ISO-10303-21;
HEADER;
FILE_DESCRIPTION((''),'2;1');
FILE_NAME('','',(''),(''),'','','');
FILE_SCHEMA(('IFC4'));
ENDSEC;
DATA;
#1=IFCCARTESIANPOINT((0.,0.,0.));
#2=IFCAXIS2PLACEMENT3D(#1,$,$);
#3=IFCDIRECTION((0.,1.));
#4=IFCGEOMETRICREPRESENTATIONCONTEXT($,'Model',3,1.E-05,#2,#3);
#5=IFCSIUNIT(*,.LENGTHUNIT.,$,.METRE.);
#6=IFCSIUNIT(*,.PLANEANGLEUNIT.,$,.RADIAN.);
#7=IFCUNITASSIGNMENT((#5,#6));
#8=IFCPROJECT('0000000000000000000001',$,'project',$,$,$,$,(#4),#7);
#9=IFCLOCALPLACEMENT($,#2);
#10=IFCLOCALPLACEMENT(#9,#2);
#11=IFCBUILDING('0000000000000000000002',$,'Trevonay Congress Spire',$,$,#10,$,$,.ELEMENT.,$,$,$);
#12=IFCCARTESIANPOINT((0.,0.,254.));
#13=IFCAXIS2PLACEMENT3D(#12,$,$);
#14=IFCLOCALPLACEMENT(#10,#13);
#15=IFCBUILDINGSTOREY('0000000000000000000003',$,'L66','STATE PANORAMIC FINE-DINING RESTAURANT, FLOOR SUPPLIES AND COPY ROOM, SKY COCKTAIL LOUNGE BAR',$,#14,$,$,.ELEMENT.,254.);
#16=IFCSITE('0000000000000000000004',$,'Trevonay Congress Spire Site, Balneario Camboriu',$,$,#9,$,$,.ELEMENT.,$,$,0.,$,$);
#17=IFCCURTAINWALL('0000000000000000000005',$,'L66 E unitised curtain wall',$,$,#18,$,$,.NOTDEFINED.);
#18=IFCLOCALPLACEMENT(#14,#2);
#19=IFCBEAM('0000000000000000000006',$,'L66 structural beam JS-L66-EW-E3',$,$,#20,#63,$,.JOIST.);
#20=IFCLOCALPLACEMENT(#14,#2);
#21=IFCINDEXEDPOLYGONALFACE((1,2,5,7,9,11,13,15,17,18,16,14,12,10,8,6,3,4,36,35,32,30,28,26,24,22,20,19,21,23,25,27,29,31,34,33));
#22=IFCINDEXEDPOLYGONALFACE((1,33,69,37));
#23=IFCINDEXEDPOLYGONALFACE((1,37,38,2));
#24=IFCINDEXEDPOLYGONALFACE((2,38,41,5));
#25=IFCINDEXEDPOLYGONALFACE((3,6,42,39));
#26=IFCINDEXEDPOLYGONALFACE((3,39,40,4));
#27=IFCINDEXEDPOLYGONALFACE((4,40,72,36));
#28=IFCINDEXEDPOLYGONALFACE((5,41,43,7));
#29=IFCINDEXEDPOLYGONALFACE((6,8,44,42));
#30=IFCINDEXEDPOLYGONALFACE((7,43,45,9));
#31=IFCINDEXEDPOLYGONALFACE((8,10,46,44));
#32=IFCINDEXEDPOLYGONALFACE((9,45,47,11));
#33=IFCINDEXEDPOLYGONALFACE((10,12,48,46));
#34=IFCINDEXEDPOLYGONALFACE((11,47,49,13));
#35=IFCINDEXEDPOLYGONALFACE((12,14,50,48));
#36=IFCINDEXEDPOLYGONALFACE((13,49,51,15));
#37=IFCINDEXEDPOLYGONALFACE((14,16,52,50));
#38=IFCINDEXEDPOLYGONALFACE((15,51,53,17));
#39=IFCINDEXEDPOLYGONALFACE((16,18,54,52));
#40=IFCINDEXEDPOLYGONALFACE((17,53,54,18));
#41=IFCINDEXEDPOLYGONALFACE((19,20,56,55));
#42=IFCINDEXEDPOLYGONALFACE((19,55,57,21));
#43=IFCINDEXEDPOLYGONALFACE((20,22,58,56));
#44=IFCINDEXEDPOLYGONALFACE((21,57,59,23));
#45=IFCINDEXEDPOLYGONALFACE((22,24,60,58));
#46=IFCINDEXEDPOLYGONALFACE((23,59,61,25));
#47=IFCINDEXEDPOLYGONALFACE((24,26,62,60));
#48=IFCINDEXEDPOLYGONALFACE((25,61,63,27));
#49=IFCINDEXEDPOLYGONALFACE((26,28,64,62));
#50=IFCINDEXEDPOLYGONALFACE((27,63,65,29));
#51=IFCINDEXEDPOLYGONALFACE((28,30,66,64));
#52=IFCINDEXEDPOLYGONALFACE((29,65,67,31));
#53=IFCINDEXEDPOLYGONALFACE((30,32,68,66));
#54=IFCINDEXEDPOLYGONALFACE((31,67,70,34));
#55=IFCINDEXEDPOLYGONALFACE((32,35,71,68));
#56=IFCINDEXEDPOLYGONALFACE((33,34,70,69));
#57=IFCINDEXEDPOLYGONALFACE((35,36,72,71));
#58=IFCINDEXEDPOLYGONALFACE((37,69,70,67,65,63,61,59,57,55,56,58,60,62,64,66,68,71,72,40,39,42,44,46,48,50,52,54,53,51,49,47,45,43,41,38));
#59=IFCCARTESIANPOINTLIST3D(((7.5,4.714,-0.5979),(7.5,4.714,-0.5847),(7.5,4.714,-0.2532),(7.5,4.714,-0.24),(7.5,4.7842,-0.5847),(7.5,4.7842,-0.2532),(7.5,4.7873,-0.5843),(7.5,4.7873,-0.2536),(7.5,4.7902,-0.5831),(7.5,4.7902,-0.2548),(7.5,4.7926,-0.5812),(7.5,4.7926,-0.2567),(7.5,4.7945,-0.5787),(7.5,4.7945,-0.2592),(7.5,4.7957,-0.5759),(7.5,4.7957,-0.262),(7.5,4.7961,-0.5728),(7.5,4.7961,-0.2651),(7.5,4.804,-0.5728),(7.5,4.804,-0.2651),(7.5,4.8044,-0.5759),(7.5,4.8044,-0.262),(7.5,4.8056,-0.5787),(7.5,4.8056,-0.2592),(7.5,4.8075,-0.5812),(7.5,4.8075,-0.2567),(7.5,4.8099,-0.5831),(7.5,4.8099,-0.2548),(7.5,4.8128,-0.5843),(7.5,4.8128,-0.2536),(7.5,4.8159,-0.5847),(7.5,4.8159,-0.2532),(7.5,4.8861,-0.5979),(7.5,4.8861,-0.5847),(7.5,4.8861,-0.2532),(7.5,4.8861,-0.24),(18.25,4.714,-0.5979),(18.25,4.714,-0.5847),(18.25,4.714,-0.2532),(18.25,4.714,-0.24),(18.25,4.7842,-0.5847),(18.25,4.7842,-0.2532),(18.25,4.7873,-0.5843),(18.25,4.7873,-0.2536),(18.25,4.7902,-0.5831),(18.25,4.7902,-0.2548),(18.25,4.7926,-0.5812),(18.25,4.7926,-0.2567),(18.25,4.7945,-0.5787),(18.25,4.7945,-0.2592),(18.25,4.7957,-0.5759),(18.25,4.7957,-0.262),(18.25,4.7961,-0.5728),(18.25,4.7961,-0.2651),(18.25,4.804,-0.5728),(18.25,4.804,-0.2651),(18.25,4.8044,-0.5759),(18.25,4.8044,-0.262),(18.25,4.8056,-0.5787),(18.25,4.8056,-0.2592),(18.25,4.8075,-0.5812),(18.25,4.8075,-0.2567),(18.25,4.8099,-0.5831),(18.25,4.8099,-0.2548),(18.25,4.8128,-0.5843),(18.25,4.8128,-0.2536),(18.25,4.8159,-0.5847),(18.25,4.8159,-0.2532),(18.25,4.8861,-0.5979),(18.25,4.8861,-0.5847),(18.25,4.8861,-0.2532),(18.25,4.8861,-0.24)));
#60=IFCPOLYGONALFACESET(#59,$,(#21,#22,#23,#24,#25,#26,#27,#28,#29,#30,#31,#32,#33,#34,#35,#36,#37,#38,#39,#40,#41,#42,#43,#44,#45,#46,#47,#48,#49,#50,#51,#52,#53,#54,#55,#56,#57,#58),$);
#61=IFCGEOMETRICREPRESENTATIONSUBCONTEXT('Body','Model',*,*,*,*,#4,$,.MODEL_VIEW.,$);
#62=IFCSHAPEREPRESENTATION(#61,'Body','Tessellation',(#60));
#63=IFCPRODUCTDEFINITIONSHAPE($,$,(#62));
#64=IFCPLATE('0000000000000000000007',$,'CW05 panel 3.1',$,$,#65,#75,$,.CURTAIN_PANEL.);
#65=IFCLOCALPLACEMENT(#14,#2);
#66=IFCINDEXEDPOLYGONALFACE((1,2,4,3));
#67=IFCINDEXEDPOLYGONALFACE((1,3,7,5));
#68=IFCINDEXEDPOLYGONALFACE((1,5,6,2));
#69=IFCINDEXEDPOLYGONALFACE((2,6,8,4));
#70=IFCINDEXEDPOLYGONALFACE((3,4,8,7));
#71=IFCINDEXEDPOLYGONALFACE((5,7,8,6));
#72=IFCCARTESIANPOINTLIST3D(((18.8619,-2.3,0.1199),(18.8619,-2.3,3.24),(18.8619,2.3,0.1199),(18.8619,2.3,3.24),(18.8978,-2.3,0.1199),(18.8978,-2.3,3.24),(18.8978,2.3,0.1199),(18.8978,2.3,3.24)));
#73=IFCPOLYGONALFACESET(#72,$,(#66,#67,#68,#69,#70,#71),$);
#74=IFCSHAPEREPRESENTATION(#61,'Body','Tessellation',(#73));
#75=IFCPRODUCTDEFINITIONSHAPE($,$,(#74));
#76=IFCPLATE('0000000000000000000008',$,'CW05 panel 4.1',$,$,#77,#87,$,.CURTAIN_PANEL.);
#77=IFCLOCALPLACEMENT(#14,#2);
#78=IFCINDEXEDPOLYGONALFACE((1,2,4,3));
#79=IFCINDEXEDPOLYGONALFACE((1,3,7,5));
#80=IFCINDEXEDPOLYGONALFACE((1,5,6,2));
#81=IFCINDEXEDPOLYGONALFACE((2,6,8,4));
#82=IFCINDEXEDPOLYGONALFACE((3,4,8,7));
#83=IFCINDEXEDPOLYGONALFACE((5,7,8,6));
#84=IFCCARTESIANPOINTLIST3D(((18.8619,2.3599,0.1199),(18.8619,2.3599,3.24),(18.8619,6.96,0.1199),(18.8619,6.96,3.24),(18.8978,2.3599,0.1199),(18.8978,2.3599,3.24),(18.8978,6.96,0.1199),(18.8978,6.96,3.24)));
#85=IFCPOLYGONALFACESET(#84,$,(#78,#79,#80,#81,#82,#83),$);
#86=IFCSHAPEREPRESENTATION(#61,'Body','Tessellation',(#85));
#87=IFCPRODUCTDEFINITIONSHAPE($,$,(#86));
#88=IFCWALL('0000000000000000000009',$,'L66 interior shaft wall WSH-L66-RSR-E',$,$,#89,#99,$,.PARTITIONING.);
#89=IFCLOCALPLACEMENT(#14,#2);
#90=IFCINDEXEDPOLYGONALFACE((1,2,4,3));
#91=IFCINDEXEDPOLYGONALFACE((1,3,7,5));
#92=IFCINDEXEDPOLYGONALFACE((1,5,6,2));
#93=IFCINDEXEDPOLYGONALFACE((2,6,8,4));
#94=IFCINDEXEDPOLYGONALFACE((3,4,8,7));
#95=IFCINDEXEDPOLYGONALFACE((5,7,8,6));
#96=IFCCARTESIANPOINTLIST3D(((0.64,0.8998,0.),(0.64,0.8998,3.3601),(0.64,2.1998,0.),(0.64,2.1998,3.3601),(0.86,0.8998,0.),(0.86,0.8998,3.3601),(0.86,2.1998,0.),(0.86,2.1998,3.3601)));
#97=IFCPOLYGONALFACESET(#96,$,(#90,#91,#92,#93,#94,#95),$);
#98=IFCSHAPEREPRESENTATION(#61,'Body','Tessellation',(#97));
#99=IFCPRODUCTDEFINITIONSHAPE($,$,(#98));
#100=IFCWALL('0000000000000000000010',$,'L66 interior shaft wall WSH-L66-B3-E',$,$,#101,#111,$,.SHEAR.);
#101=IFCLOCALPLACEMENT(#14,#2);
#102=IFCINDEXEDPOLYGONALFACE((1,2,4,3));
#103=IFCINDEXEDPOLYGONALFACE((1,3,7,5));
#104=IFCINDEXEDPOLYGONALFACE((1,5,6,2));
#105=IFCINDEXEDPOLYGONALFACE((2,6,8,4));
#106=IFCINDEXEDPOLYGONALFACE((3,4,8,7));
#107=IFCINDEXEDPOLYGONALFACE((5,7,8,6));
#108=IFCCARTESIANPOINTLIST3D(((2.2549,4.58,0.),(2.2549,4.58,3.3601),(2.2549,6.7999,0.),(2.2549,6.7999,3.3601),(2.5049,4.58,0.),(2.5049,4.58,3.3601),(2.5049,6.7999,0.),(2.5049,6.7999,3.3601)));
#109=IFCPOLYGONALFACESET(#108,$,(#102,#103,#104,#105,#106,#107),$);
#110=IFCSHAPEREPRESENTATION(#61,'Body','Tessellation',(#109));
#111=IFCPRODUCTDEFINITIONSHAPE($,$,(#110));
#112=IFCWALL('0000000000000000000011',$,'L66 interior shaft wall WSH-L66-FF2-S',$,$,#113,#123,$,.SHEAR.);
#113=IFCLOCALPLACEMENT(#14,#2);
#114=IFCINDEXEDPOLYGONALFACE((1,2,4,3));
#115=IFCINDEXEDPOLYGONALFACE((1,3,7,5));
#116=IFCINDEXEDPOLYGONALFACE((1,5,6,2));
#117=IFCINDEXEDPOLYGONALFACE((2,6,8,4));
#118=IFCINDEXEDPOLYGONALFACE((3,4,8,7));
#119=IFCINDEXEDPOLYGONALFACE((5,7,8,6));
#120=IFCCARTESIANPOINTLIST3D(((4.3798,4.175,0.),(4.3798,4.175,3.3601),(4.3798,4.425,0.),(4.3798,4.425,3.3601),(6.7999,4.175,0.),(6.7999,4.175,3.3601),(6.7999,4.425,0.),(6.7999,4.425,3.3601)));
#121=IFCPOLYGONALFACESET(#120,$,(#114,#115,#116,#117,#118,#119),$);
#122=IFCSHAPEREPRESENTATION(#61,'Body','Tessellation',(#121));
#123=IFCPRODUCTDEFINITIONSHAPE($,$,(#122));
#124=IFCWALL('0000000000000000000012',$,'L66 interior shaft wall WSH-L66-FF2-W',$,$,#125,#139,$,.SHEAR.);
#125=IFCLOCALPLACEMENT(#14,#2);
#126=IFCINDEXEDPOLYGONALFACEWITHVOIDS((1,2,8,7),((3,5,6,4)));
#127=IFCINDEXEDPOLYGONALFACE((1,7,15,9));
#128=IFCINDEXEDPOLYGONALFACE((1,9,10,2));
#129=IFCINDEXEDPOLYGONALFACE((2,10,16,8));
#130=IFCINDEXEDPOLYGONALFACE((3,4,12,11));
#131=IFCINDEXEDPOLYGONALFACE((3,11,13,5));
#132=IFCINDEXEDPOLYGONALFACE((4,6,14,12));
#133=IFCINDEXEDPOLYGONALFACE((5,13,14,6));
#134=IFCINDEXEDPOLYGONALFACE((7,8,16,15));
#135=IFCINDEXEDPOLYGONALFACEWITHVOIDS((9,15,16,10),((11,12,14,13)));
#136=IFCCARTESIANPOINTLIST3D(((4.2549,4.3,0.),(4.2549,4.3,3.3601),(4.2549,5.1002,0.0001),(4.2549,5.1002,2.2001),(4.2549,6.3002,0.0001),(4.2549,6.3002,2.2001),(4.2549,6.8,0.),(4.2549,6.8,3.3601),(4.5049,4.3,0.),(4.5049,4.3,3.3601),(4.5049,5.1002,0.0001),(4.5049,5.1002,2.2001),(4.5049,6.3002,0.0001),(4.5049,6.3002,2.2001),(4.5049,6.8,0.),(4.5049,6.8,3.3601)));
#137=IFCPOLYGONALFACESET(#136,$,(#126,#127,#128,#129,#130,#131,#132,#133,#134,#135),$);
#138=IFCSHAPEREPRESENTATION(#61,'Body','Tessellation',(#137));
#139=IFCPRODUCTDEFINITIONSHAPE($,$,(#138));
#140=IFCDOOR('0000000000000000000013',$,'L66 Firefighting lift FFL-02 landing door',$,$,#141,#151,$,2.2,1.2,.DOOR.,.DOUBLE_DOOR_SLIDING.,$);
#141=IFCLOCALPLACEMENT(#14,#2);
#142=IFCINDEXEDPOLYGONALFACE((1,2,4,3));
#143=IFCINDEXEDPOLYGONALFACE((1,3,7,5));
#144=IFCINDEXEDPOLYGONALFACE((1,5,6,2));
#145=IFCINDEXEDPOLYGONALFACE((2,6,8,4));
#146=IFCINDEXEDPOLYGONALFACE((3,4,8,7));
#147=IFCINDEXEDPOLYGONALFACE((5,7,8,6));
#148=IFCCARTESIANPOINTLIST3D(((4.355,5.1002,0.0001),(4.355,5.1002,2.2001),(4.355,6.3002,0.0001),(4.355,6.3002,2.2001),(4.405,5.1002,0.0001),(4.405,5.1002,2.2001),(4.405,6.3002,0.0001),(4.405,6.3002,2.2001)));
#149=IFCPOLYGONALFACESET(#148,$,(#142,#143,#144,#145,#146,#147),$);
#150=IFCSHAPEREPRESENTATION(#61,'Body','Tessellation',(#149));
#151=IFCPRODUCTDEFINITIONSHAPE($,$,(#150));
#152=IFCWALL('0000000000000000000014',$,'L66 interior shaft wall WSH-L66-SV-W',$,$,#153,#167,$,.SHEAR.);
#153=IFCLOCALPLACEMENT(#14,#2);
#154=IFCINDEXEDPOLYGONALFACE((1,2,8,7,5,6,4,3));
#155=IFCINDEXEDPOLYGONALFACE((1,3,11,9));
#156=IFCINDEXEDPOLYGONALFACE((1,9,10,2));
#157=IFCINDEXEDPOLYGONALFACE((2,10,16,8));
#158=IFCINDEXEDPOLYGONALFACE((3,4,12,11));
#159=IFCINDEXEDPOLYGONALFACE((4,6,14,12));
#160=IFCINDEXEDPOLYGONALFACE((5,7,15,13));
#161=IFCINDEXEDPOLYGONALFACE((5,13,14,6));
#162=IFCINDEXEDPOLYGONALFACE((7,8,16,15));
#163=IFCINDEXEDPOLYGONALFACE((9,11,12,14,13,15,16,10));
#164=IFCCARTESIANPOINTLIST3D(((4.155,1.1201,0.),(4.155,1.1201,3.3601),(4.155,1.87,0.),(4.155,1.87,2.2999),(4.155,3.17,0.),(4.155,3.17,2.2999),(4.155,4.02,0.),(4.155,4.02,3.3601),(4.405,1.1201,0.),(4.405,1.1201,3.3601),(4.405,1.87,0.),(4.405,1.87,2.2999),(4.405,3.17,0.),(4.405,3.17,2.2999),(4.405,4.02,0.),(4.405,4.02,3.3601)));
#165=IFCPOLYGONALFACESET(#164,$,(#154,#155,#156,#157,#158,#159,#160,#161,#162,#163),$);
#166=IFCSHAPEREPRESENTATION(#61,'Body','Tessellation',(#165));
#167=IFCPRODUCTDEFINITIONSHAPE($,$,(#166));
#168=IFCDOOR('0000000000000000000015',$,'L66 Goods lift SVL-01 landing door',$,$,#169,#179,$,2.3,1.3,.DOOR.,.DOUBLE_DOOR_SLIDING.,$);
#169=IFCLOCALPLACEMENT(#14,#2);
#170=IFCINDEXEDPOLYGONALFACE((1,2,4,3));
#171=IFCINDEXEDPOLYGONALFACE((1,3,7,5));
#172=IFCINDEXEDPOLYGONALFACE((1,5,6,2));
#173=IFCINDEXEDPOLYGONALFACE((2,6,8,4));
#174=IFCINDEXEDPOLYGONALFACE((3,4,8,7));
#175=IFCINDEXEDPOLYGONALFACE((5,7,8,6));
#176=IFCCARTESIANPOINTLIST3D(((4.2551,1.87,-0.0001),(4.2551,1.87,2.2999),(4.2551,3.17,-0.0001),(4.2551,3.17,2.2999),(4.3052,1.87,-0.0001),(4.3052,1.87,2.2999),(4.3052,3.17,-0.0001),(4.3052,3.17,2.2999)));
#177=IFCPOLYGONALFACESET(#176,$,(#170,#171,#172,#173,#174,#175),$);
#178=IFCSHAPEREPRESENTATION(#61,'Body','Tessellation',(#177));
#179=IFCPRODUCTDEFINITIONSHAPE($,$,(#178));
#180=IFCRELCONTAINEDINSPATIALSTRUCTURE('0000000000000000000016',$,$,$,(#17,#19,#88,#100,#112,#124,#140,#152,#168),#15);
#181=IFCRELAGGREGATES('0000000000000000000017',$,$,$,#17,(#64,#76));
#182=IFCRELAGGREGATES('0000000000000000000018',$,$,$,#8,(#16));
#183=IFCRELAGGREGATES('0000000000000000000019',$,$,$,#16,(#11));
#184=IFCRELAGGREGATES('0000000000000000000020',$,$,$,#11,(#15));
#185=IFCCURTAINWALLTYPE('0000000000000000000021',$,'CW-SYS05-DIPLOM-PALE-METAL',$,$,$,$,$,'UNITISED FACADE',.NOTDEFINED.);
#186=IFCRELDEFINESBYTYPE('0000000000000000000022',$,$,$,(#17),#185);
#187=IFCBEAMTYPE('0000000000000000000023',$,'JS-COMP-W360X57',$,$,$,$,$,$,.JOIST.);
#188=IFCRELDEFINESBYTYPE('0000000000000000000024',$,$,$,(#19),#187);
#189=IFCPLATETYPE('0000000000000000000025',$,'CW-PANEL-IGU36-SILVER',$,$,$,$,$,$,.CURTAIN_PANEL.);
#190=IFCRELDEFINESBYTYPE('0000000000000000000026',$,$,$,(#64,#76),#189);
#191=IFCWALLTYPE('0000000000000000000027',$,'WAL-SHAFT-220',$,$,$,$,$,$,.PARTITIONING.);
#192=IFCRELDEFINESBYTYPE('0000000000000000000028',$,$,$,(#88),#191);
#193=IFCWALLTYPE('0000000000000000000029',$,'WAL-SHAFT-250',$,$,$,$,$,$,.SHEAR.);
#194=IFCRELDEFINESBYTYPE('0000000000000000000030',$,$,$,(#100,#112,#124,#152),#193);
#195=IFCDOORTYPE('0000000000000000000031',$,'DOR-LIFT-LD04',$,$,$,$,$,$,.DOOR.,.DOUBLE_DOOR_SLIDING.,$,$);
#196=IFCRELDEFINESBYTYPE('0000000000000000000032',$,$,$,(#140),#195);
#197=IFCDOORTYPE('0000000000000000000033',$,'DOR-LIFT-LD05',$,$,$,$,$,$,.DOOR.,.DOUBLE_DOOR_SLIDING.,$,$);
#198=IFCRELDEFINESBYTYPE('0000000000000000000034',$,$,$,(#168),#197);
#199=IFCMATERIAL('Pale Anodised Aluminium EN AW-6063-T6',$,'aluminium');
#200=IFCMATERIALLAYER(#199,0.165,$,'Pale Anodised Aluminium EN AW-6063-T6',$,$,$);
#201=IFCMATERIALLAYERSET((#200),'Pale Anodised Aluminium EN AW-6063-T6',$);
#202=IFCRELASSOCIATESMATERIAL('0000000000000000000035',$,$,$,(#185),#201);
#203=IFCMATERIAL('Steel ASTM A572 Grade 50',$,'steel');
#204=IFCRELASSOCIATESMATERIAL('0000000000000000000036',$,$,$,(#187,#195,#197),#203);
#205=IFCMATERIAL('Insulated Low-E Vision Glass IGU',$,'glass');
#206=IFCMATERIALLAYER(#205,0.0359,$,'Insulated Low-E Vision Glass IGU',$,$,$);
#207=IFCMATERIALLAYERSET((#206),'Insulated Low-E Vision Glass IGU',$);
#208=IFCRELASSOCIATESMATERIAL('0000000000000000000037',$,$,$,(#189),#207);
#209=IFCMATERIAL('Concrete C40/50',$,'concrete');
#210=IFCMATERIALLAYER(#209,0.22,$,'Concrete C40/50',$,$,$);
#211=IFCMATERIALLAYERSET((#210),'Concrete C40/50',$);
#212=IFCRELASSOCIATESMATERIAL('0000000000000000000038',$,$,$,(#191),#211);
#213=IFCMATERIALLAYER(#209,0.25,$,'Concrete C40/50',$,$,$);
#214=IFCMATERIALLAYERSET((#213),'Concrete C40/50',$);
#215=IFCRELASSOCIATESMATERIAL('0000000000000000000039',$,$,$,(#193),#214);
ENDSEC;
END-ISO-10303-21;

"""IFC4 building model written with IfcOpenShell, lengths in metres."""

from ifc_helpers import new_model, si_unit, direction, frame, frame_2d, origin, origin_2d, place, context, subcontext, project, spatial, rectangle, i_section, extrude, material, layer, layer_set, material_profile, profile_set, type_object, element, fill, aggregate, save


model = new_model("IFC4")

# Units and contexts
model_context = context("Model", 3, precision=1e-05, world=origin(), true_north=direction((0.0, 1.0)))
body_context = subcontext(model_context, "Body", "Model", "MODEL_VIEW")
ifc_project = project(units=[si_unit("LENGTHUNIT", "METRE"), si_unit("PLANEANGLEUNIT", "RADIAN")], contexts=[model_context])

# Site, building, storey
site_placement = place(None, origin())
site = spatial("IfcSite", under=ifc_project, at=site_placement, Name="Trevonay Congress Spire Site, Balneario Camboriu", CompositionType="ELEMENT", RefElevation=0.0)
building_placement = place(site_placement, origin())
building = spatial("IfcBuilding", under=site, at=building_placement, Name="Trevonay Congress Spire", CompositionType="ELEMENT")
storey_placement = place(building_placement, frame((0.0, 0.0, 254.0)))
storey = spatial("IfcBuildingStorey", under=building, at=storey_placement, Name="L66", Description="STATE PANORAMIC FINE-DINING RESTAURANT, FLOOR SUPPLIES AND COPY ROOM, SKY COCKTAIL LOUNGE BAR", CompositionType="ELEMENT", Elevation=254.0)

# Shared definitions
ifc_material_1 = material(Name="Steel ASTM A572 Grade 50", Category="steel")

# Curtain wall
ifc_material_2 = material(Name="Pale Anodised Aluminium EN AW-6063-T6", Category="aluminium")
ifc_layer_1 = layer(ifc_material_2, 0.165, Name="Pale Anodised Aluminium EN AW-6063-T6")
ifc_layer_set_1 = layer_set([ifc_layer_1], Name="Pale Anodised Aluminium EN AW-6063-T6")
curtain_wall_type = type_object("IfcCurtainWallType", Name="CW-SYS05-DIPLOM-PALE-METAL", ElementType="UNITISED FACADE", PredefinedType="NOTDEFINED", material=ifc_layer_set_1)
curtain_wall_placement = place(storey_placement, origin())
curtain_wall = element("IfcCurtainWall", 1, at=curtain_wall_placement, inside=storey, type_object=curtain_wall_type, Name="L66 E unitised curtain wall", PredefinedType="NOTDEFINED")

# Beam
ifc_material_profile_1 = material_profile(ifc_material_1, i_section(OverallWidth=0.1721, OverallDepth=0.3579, WebThickness=0.0078, FlangeThickness=0.0132, FilletRadius=0.012, at=origin_2d()), Name="W360x57.8")
ifc_profile_set_1 = profile_set([ifc_material_profile_1], Name="Steel ASTM A572 Grade 50")
beam_type_1 = type_object("IfcBeamType", Name="JS-COMP-W360X57", PredefinedType="JOIST", material=ifc_profile_set_1)
beam_1_placement = place(storey_placement, frame((7.5, 4.8, -0.4189), z_axis=(1.0, 0.0, 0.0), x_axis=(0.0, 1.0, 0.0)))
element("IfcBeam", 2, at=beam_1_placement, inside=storey, type_object=beam_type_1, Name="L66 structural beam JS-L66-EW-E3", PredefinedType="JOIST", context=body_context, shape_type="SweptSolid", body=[
    extrude(i_section(OverallWidth=0.1721, OverallDepth=0.3579, WebThickness=0.0078, FlangeThickness=0.0132, FilletRadius=0.012, at=origin_2d()), origin(), (0.0, 0.0, 1.0), 10.75),
])

# Plates
ifc_material_3 = material(Name="Insulated Low-E Vision Glass IGU", Category="glass")
ifc_layer_2 = layer(ifc_material_3, 0.0359, Name="Insulated Low-E Vision Glass IGU")
ifc_layer_set_2 = layer_set([ifc_layer_2], Name="Insulated Low-E Vision Glass IGU")
plate_type = type_object("IfcPlateType", Name="CW-PANEL-IGU36-SILVER", PredefinedType="CURTAIN_PANEL", material=ifc_layer_set_2)
plate_1_placement = place(storey_placement, frame((18.8799, 0.0, 0.1199), z_axis=(0.0, 0.0, 1.0), x_axis=(0.0, 1.0, 0.0)))
plate_1 = element("IfcPlate", 3, at=plate_1_placement, type_object=plate_type, Name="CW05 panel 3.1", PredefinedType="CURTAIN_PANEL", context=body_context, shape_type="SweptSolid", body=[
    extrude(rectangle(XDim=4.6001, YDim=0.0359, at=origin_2d()), origin(), (0.0, 0.0, 1.0), 3.1201),
])
plate_2_placement = place(storey_placement, frame((18.8799, 4.6599, 0.1199), z_axis=(0.0, 0.0, 1.0), x_axis=(0.0, 1.0, 0.0)))
plate_2 = element("IfcPlate", 4, at=plate_2_placement, type_object=plate_type, Name="CW05 panel 4.1", PredefinedType="CURTAIN_PANEL", context=body_context, shape_type="SweptSolid", body=[
    extrude(rectangle(XDim=4.6001, YDim=0.0359, at=origin_2d()), origin(), (0.0, 0.0, 1.0), 3.1201),
])
aggregate(curtain_wall, [plate_1, plate_2])

# Walls
ifc_material_4 = material(Name="Concrete C40/50", Category="concrete")
ifc_layer_3 = layer(ifc_material_4, 0.22, Name="Concrete C40/50")
ifc_layer_set_3 = layer_set([ifc_layer_3], Name="Concrete C40/50")
wall_type_1 = type_object("IfcWallType", Name="WAL-SHAFT-220", PredefinedType="PARTITIONING", material=ifc_layer_set_3)
wall_1_placement = place(storey_placement, frame((0.75, 0.8999, 0.0), z_axis=(0.0, 0.0, 1.0), x_axis=(0.0, 1.0, 0.0)))
element("IfcWall", 5, at=wall_1_placement, inside=storey, type_object=wall_type_1, Name="L66 interior shaft wall WSH-L66-RSR-E", PredefinedType="PARTITIONING", context=body_context, shape_type="SweptSolid", body=[
    extrude(rectangle(XDim=1.3, YDim=0.22, at=frame_2d((0.6499, 0.0))), origin(), (0.0, 0.0, 1.0), 3.3601),
])
ifc_layer_4 = layer(ifc_material_4, 0.25, Name="Concrete C40/50")
ifc_layer_set_4 = layer_set([ifc_layer_4], Name="Concrete C40/50")
wall_type_2 = type_object("IfcWallType", Name="WAL-SHAFT-250", PredefinedType="SHEAR", material=ifc_layer_set_4)
wall_2_placement = place(storey_placement, frame((2.3799, 4.5801, 0.0), z_axis=(0.0, 0.0, 1.0), x_axis=(0.0, 1.0, 0.0)))
element("IfcWall", 6, at=wall_2_placement, inside=storey, type_object=wall_type_2, Name="L66 interior shaft wall WSH-L66-B3-E", PredefinedType="SHEAR", context=body_context, shape_type="SweptSolid", body=[
    extrude(rectangle(XDim=2.22, YDim=0.25, at=frame_2d((1.1099, 0.0))), origin(), (0.0, 0.0, 1.0), 3.3601),
])
wall_3_placement = place(storey_placement, frame((4.3799, 4.3, 0.0), z_axis=(0.0, 0.0, 1.0), x_axis=(1.0, 0.0, 0.0)))
element("IfcWall", 7, at=wall_3_placement, inside=storey, type_object=wall_type_2, Name="L66 interior shaft wall WSH-L66-FF2-S", PredefinedType="SHEAR", context=body_context, shape_type="SweptSolid", body=[
    extrude(rectangle(XDim=2.4202, YDim=0.25, at=frame_2d((1.21, 0.0))), origin(), (0.0, 0.0, 1.0), 3.3601),
])

# Walls, openings, doors
wall_4_placement = place(storey_placement, frame((4.3799, 4.3, 0.0), z_axis=(0.0, 0.0, 1.0), x_axis=(0.0, 1.0, 0.0)))
wall_4 = element("IfcWall", 8, at=wall_4_placement, inside=storey, type_object=wall_type_2, Name="L66 interior shaft wall WSH-L66-FF2-W", PredefinedType="SHEAR", context=body_context, shape_type="SweptSolid", body=[
    extrude(rectangle(XDim=2.5, YDim=0.25, at=frame_2d((1.25, 0.0))), origin(), (0.0, 0.0, 1.0), 3.3601),
])
opening_1_placement = place(wall_4_placement, frame((0.8, 0.0, 0.0)))
opening_1 = element("IfcOpeningElement", 9, at=opening_1_placement, cuts=wall_4, PredefinedType="OPENING", context=body_context, shape_type="SweptSolid", body=[
    extrude(rectangle(XDim=1.2, YDim=2.2, at=frame_2d((0.6001, 1.1001))), frame((0.0, 0.135, 0.0), z_axis=(0.0, -1.0, 0.0), x_axis=(1.0, 0.0, 0.0)), (0.0, 0.0, 1.0), 0.27),
])
door_type_1 = type_object("IfcDoorType", Name="DOR-LIFT-LD04", OperationType="DOUBLE_DOOR_SLIDING", PredefinedType="DOOR", material=ifc_material_1)
door_1_placement = place(opening_1_placement, origin())
door_1 = element("IfcDoor", 10, at=door_1_placement, inside=storey, type_object=door_type_1, Name="L66 Firefighting lift FFL-02 landing door", OperationType="DOUBLE_DOOR_SLIDING", OverallHeight=2.2, OverallWidth=1.2, PredefinedType="DOOR", context=body_context, shape_type="SweptSolid", body=[
    extrude(rectangle(XDim=1.2, YDim=2.2, at=frame_2d((0.6001, 1.1001))), frame((0.0, 0.0249, 0.0), z_axis=(0.0, -1.0, 0.0), x_axis=(1.0, 0.0, 0.0)), (0.0, 0.0, 1.0), 0.05),
])
fill(opening_1, door_1)
wall_5_placement = place(storey_placement, frame((4.28, 1.1201, 0.0), z_axis=(0.0, 0.0, 1.0), x_axis=(0.0, 1.0, 0.0)))
wall_5 = element("IfcWall", 11, at=wall_5_placement, inside=storey, type_object=wall_type_2, Name="L66 interior shaft wall WSH-L66-SV-W", PredefinedType="SHEAR", context=body_context, shape_type="SweptSolid", body=[
    extrude(rectangle(XDim=2.8999, YDim=0.25, at=frame_2d((1.45, 0.0))), origin(), (0.0, 0.0, 1.0), 3.3601),
])
opening_2_placement = place(wall_5_placement, frame((0.75, 0.0, 0.0)))
opening_2 = element("IfcOpeningElement", 12, at=opening_2_placement, cuts=wall_5, PredefinedType="OPENING", context=body_context, shape_type="SweptSolid", body=[
    extrude(rectangle(XDim=1.3, YDim=2.3, at=frame_2d((0.6499, 1.1499))), frame((0.0, 0.135, 0.0), z_axis=(0.0, -1.0, 0.0), x_axis=(1.0, 0.0, 0.0)), (0.0, 0.0, 1.0), 0.27),
])
door_type_2 = type_object("IfcDoorType", Name="DOR-LIFT-LD05", OperationType="DOUBLE_DOOR_SLIDING", PredefinedType="DOOR", material=ifc_material_1)
door_2_placement = place(opening_2_placement, origin())
door_2 = element("IfcDoor", 13, at=door_2_placement, inside=storey, type_object=door_type_2, Name="L66 Goods lift SVL-01 landing door", OperationType="DOUBLE_DOOR_SLIDING", OverallHeight=2.3, OverallWidth=1.3, PredefinedType="DOOR", context=body_context, shape_type="SweptSolid", body=[
    extrude(rectangle(XDim=1.3, YDim=2.3, at=frame_2d((0.6499, 1.1499))), frame((0.0, 0.0249, 0.0), z_axis=(0.0, -1.0, 0.0), x_axis=(1.0, 0.0, 0.0)), (0.0, 0.0, 1.0), 0.05),
])
fill(opening_2, door_2)

save(model, "model.ifc")
